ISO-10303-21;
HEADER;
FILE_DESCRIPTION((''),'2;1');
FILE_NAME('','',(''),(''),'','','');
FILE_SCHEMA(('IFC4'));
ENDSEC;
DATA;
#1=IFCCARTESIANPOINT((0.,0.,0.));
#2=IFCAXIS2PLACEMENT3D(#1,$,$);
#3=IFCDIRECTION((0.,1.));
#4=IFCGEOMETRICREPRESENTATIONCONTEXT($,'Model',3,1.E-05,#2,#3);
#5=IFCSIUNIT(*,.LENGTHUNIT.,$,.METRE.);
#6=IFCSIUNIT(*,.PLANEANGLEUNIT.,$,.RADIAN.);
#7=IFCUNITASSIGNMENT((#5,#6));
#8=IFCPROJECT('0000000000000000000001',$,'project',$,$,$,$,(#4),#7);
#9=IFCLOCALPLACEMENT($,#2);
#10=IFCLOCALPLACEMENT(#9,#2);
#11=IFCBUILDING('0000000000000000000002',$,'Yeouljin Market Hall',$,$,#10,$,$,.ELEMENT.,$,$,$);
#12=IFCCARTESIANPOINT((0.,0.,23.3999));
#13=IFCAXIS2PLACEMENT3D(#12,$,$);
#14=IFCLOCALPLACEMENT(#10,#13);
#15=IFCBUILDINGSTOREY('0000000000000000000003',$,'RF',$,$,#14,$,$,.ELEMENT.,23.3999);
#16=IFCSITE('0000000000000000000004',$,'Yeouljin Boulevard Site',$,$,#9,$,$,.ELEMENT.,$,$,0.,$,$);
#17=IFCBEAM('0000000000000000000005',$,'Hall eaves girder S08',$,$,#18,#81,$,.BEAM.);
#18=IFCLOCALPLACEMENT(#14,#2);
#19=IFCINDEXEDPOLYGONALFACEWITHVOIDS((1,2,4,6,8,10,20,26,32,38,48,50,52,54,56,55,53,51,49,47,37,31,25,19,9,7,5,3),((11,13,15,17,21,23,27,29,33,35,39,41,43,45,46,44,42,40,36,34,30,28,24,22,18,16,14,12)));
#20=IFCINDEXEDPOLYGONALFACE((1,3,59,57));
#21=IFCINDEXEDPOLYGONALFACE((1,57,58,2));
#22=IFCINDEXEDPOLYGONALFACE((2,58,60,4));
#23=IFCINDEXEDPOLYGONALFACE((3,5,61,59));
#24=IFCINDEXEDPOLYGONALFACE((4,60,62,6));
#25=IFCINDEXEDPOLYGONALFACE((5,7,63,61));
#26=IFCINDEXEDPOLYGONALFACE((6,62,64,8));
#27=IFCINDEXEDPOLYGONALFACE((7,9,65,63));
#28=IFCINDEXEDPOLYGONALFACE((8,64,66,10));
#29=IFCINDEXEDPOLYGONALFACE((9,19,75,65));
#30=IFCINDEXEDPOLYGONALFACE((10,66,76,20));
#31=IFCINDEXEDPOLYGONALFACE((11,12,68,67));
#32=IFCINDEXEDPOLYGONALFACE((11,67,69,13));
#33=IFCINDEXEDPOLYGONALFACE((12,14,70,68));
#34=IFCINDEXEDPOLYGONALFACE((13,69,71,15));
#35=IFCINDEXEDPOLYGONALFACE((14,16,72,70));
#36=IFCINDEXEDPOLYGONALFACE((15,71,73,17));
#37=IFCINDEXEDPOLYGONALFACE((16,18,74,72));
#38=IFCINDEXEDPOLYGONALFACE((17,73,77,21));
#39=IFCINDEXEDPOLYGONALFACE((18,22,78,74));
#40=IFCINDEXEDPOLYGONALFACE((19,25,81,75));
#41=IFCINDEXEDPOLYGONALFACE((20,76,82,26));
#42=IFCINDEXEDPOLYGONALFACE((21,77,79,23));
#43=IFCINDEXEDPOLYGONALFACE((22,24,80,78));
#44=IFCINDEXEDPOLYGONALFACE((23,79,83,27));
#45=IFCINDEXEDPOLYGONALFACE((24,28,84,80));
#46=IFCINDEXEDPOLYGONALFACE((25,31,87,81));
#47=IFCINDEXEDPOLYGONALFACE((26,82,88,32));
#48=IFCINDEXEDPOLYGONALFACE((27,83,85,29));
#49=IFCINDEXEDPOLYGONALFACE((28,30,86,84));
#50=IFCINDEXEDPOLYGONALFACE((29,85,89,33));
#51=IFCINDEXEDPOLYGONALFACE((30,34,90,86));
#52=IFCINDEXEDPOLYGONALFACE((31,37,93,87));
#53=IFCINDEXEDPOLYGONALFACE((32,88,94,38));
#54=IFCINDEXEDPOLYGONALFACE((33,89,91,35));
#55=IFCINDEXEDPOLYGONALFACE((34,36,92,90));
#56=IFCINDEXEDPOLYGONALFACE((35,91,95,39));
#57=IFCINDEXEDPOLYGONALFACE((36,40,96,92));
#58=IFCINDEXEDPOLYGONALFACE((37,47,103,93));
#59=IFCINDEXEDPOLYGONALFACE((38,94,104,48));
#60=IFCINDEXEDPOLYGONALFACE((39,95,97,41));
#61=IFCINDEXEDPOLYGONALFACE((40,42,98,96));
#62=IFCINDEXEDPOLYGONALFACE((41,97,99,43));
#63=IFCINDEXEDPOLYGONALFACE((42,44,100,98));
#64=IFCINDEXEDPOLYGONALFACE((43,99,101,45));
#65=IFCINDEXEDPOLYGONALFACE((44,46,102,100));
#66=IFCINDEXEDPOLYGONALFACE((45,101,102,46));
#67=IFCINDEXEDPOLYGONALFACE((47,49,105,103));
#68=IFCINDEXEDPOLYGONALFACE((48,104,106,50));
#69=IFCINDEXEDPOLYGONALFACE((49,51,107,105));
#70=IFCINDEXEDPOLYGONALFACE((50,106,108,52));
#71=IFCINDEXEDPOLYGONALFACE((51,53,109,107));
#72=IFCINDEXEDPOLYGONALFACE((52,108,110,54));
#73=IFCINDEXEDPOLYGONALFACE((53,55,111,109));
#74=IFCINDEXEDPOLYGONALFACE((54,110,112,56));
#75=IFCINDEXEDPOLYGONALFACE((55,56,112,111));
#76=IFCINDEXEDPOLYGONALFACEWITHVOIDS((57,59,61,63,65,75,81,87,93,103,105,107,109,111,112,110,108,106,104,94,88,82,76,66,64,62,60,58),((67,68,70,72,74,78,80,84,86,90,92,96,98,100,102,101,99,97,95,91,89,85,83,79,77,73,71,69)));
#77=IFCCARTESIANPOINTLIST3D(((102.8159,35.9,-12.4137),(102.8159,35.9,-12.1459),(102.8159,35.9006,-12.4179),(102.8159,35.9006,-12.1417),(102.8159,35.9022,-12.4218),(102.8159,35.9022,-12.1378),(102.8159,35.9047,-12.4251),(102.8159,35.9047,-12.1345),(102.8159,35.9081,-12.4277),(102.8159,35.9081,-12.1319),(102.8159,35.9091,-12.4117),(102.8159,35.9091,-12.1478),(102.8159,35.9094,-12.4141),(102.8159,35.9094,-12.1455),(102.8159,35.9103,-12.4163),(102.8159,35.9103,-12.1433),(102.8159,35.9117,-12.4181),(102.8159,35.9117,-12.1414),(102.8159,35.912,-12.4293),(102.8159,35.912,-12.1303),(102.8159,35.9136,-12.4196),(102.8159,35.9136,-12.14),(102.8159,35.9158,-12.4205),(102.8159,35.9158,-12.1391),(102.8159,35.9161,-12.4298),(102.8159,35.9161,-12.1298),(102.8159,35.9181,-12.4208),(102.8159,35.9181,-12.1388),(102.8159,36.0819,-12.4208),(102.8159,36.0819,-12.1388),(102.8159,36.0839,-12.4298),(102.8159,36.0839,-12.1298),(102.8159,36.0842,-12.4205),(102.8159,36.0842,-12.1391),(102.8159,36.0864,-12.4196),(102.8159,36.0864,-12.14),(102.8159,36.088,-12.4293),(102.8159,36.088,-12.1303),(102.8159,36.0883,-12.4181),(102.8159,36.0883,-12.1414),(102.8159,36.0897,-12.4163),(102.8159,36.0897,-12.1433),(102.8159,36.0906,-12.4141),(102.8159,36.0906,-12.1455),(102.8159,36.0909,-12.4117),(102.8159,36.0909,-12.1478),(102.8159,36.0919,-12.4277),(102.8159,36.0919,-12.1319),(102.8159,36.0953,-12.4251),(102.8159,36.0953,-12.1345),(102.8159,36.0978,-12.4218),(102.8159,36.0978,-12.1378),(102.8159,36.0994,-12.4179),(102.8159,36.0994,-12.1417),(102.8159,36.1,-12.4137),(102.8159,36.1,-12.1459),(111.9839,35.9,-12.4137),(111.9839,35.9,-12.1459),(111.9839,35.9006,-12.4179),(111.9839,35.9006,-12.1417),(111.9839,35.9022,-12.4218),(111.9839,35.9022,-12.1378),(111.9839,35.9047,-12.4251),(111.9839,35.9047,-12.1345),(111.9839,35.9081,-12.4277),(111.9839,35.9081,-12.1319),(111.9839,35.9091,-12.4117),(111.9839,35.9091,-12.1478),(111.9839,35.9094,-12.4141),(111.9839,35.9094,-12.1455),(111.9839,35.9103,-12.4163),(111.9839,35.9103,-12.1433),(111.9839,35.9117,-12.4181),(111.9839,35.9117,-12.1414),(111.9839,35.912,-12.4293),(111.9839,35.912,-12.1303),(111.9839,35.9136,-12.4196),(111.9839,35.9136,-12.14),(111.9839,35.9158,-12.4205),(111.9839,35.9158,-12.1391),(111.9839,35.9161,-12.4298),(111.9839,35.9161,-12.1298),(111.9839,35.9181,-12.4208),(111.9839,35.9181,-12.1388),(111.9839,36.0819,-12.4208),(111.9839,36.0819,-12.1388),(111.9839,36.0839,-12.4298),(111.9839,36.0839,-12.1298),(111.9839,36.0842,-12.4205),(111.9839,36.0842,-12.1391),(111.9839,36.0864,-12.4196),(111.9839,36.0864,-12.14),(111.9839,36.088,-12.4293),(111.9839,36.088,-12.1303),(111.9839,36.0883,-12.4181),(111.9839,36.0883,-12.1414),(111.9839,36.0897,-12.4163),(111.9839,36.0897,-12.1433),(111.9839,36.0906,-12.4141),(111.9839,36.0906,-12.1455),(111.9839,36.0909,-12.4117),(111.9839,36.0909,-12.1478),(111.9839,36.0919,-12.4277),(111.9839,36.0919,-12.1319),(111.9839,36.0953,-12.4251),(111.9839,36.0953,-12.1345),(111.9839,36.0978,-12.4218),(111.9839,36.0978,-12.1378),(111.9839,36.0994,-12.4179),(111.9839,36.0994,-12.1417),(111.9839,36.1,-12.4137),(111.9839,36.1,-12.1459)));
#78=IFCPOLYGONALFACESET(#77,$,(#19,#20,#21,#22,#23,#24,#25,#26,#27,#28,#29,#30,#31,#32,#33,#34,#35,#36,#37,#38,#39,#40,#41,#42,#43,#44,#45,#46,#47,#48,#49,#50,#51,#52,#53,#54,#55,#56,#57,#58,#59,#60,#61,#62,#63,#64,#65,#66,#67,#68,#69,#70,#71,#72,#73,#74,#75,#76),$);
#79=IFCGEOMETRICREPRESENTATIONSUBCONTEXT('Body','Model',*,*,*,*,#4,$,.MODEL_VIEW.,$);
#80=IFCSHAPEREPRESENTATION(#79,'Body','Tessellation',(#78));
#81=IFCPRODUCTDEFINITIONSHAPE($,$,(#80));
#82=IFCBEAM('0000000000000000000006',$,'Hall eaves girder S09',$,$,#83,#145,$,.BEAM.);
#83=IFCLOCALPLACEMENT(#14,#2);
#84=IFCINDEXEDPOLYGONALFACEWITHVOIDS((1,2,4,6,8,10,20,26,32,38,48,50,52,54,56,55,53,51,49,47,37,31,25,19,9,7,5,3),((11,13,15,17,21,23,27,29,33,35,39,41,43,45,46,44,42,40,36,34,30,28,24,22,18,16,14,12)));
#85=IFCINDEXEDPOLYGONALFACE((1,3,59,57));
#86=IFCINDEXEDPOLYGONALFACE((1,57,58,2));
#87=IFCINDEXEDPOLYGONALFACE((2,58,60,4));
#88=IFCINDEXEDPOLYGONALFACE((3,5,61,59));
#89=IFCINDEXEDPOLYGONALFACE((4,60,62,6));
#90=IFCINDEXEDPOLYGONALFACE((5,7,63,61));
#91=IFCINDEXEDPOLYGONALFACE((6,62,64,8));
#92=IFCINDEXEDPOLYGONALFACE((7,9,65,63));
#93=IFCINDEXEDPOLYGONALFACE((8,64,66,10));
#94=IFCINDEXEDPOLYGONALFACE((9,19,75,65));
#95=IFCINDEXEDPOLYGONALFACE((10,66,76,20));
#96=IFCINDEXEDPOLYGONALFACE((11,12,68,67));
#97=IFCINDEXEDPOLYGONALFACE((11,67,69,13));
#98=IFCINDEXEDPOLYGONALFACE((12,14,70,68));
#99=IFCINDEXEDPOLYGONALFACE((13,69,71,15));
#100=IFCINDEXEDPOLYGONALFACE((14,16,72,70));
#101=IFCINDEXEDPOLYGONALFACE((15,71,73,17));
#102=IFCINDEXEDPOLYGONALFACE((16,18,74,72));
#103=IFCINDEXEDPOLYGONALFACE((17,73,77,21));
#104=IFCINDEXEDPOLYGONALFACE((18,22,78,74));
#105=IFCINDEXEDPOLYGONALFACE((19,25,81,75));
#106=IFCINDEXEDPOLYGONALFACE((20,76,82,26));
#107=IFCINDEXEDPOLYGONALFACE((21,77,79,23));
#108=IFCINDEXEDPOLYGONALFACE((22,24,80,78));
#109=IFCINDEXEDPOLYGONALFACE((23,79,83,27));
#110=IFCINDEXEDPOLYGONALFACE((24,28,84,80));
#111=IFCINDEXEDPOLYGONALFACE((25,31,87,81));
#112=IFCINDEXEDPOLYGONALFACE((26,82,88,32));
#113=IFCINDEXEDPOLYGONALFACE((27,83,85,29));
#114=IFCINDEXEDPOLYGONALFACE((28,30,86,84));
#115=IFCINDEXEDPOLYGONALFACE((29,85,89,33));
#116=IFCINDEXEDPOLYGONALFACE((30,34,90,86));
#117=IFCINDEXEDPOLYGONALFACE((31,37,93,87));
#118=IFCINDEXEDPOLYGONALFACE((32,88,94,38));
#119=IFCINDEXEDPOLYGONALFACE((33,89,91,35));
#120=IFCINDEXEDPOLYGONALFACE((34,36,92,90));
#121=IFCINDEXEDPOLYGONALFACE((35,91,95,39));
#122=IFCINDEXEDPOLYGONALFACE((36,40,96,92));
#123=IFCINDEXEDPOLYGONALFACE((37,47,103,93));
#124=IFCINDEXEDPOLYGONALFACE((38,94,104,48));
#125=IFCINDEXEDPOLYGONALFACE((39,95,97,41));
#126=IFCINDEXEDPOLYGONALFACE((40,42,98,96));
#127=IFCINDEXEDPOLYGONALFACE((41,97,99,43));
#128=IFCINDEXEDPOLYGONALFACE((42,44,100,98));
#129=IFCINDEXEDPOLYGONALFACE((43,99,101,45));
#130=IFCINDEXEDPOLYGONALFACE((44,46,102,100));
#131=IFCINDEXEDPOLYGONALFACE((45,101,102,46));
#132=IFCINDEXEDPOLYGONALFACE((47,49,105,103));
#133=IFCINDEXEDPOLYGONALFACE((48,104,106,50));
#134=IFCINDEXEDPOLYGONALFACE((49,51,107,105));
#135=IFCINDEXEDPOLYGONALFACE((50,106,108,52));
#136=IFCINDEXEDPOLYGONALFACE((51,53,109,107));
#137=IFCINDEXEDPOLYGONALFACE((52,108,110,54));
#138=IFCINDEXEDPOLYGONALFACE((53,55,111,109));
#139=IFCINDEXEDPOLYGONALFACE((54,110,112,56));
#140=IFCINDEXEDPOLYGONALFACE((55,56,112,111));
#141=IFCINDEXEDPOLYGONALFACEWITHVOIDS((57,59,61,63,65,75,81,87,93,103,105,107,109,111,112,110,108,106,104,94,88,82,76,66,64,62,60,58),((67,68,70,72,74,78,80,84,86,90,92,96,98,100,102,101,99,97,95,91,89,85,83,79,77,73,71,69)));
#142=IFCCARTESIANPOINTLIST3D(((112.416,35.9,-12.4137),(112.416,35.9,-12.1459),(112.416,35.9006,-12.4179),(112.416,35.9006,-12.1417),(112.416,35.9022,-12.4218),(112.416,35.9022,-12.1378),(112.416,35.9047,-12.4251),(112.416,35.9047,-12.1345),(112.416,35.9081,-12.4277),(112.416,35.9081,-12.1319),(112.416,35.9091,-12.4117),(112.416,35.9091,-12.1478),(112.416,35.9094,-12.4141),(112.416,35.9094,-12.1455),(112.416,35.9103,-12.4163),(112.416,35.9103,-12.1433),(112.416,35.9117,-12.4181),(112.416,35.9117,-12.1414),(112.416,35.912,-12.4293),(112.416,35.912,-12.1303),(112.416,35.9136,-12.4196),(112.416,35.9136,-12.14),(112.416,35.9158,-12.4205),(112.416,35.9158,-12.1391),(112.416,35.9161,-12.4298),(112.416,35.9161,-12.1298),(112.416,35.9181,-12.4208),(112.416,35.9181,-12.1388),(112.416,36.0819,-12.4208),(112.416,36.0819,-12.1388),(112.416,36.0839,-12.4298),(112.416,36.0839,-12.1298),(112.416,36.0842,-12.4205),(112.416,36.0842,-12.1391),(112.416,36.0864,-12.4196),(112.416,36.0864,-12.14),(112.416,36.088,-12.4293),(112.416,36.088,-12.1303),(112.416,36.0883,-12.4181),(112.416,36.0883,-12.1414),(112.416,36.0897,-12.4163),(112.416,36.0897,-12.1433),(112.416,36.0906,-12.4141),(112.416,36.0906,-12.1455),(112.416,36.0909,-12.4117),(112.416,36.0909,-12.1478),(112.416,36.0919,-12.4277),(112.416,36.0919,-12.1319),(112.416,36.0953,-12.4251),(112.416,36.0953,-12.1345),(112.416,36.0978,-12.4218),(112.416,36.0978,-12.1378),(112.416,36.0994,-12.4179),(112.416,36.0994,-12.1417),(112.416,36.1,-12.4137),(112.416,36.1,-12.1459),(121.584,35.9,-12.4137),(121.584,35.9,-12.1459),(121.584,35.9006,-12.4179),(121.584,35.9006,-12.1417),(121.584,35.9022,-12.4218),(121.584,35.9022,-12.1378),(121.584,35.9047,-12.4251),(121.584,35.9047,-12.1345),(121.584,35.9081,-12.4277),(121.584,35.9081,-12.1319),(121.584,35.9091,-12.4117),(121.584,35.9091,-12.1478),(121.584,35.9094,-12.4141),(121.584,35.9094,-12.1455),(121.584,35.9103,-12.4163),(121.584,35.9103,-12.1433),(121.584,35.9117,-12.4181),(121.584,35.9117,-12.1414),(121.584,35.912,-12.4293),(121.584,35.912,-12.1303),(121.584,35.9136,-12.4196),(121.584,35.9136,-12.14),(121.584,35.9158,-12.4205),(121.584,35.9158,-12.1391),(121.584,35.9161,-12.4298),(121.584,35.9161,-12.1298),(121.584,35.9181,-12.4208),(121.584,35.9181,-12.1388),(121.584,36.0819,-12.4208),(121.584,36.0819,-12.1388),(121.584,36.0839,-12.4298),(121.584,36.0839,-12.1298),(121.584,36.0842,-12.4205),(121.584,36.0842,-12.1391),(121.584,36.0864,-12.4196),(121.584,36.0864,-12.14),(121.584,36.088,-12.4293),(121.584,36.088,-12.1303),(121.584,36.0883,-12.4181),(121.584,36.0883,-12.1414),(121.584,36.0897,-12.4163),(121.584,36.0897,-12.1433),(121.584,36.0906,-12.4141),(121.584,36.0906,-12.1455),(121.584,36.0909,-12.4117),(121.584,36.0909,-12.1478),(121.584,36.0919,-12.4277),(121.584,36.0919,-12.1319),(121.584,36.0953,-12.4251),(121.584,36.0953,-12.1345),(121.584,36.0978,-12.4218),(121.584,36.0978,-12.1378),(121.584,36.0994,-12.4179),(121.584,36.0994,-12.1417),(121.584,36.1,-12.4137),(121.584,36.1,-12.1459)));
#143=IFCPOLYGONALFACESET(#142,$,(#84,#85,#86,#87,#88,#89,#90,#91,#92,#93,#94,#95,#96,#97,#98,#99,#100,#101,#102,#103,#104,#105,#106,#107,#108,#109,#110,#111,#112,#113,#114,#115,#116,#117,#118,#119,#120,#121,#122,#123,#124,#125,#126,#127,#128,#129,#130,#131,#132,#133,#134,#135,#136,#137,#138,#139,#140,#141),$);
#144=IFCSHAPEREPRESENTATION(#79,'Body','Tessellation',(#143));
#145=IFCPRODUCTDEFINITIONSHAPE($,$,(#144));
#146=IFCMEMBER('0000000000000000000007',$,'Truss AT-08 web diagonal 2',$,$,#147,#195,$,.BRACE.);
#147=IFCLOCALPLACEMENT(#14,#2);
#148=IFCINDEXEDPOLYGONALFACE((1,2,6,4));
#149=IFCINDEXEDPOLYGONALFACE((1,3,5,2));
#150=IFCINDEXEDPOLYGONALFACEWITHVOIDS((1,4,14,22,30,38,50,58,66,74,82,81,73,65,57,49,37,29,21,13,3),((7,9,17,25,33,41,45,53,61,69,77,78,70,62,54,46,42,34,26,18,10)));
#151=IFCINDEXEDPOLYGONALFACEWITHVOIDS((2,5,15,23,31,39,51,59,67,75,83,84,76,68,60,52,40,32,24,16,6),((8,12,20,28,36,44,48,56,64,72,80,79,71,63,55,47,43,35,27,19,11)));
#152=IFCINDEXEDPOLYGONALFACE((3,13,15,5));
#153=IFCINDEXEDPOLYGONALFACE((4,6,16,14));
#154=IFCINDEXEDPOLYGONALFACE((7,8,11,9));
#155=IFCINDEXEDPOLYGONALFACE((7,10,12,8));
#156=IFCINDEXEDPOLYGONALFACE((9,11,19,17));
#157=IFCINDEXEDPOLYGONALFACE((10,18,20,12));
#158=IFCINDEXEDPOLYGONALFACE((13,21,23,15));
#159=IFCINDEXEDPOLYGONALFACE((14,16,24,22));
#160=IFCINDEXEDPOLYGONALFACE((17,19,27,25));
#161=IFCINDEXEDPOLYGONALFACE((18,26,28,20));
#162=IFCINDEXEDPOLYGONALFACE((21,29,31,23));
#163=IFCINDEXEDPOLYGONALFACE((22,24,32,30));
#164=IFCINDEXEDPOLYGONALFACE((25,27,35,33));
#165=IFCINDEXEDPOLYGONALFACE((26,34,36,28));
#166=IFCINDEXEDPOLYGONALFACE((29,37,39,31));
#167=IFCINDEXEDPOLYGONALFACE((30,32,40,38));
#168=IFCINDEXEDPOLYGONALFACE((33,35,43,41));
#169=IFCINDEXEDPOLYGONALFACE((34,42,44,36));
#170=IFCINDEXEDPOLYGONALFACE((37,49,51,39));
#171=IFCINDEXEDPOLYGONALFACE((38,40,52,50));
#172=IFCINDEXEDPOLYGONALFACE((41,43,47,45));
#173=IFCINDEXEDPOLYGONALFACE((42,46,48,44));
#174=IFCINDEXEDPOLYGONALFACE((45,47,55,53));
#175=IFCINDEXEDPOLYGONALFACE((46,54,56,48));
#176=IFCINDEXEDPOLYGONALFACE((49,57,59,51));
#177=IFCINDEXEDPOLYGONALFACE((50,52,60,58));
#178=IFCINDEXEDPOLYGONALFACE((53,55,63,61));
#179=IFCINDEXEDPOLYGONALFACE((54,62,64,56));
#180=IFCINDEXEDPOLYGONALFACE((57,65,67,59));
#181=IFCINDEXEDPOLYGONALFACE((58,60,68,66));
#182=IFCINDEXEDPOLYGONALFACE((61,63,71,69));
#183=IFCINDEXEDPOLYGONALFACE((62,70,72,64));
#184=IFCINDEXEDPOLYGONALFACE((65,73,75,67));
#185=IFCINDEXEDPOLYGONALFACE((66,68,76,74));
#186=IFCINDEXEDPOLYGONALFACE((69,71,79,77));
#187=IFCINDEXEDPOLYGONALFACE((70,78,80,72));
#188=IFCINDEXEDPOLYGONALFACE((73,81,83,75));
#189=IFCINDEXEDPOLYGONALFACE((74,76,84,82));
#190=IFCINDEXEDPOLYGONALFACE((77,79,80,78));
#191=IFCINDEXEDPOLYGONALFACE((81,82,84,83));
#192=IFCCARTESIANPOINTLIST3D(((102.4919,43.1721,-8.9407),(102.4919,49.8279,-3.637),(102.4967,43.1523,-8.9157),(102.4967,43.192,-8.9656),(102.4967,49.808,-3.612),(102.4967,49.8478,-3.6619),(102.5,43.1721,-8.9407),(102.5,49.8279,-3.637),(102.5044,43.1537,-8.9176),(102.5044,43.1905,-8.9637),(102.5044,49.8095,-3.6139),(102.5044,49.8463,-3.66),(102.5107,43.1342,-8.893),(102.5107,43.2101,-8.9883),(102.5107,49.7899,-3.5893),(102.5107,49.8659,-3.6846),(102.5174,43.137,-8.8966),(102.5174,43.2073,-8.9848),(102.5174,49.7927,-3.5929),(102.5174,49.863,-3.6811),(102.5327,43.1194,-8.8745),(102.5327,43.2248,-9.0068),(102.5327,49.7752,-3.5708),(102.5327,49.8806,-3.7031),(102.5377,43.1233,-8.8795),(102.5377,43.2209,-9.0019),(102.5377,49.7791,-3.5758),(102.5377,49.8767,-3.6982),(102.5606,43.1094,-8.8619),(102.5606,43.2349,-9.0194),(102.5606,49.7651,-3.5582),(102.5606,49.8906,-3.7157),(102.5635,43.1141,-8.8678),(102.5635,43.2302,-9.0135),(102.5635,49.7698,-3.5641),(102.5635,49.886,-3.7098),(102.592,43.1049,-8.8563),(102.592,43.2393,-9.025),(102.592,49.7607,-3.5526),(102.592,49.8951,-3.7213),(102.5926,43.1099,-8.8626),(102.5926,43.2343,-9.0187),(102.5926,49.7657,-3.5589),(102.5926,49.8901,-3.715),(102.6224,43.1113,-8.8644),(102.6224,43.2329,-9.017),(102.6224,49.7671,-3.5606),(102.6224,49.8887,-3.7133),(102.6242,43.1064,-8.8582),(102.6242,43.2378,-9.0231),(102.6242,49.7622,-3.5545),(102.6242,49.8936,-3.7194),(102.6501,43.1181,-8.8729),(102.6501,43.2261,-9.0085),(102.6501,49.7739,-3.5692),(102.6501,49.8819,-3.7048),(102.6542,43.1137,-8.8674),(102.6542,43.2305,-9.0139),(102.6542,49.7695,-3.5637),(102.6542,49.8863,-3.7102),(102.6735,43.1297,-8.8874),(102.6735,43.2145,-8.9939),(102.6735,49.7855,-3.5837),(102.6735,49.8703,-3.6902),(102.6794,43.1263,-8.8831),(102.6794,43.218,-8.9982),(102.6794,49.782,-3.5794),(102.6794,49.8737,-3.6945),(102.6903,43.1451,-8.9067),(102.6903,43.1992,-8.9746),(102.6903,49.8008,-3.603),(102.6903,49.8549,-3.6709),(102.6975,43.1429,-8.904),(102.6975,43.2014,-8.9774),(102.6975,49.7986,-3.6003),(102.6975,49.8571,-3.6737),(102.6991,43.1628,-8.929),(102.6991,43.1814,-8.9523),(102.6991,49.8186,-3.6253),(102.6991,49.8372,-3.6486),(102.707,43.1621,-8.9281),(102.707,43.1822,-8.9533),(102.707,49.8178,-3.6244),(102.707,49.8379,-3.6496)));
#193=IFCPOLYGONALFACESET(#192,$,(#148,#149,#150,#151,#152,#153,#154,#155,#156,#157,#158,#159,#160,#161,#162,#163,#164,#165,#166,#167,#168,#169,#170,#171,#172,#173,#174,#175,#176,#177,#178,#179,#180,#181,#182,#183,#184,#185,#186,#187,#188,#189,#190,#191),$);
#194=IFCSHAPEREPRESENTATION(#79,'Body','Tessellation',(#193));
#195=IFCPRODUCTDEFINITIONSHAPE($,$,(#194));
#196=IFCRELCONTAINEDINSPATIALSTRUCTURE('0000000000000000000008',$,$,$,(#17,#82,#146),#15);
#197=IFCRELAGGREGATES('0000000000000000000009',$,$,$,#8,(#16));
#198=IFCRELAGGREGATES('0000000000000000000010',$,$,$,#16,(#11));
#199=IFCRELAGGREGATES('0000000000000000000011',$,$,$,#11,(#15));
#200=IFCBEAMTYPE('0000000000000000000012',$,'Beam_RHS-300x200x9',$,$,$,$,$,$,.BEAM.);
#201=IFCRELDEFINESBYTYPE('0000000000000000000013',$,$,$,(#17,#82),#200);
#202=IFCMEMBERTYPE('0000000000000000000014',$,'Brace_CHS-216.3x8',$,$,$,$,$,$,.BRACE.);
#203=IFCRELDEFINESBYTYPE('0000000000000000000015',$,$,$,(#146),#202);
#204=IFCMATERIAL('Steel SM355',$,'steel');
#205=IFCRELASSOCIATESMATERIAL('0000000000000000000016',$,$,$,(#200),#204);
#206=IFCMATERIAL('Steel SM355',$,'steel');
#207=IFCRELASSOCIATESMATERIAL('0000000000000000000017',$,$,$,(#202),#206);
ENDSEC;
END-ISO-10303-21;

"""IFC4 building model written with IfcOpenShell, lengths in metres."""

from ifc_helpers import new_model, si_unit, direction, frame, origin, origin_2d, place, context, subcontext, project, spatial, hollow_rectangle, hollow_circle, extrude, material, material_profile, profile_set, type_object, element, save


model = new_model("IFC4")

# Units and contexts
model_context = context("Model", 3, precision=1e-05, world=origin(), true_north=direction((0.0, 1.0)))
body_context = subcontext(model_context, "Body", "Model", "MODEL_VIEW")
ifc_project = project(units=[si_unit("LENGTHUNIT", "METRE"), si_unit("PLANEANGLEUNIT", "RADIAN")], contexts=[model_context])

# Site, building, storey
site_placement = place(None, origin())
site = spatial("IfcSite", under=ifc_project, at=site_placement, Name="Yeouljin Boulevard Site", CompositionType="ELEMENT", RefElevation=0.0)
building_placement = place(site_placement, origin())
building = spatial("IfcBuilding", under=site, at=building_placement, Name="Yeouljin Market Hall", CompositionType="ELEMENT")
storey_placement = place(building_placement, frame((0.0, 0.0, 23.3999)))
storey = spatial("IfcBuildingStorey", under=building, at=storey_placement, Name="RF", CompositionType="ELEMENT", Elevation=23.3999)

# Beams
ifc_material_1 = material(Name="Steel SM355", Category="steel")
ifc_material_profile_1 = material_profile(ifc_material_1, hollow_rectangle(XDim=0.2, YDim=0.3, WallThickness=0.009, InnerFilletRadius=0.009, OuterFilletRadius=0.0161, at=origin_2d()), Name="RHS-300x200x9")
ifc_profile_set_1 = profile_set([ifc_material_profile_1], Name="Steel SM355")
beam_type_1 = type_object("IfcBeamType", Name="Beam_RHS-300x200x9", PredefinedType="BEAM", material=ifc_profile_set_1)
for number, where, z_axis, x_axis, name in (
    (1, (102.8159, 36.0, -12.2798), (1.0, 0.0, 0.0), (0.0, 1.0, 0.0), "Hall eaves girder S08"),
    (2, (112.416, 36.0, -12.2798), (1.0, 0.0, 0.0), (0.0, 1.0, 0.0), "Hall eaves girder S09"),
):
    element("IfcBeam", number, at=place(storey_placement, frame(where, z_axis=z_axis, x_axis=x_axis)), inside=storey, type_object=beam_type_1, Name=name, PredefinedType="BEAM", context=body_context, shape_type="SweptSolid", body=[
        extrude(hollow_rectangle(XDim=0.2, YDim=0.3, WallThickness=0.009, InnerFilletRadius=0.009, OuterFilletRadius=0.0161, at=origin_2d()), origin(), (0.0, 0.0, 1.0), 9.168),
    ])

# Member
ifc_material_2 = material(Name="Steel SM355", Category="steel")
ifc_material_profile_2 = material_profile(ifc_material_2, hollow_circle(Radius=0.1082, WallThickness=0.0081, at=origin_2d()), Name="CHS-216.3x8")
ifc_profile_set_2 = profile_set([ifc_material_profile_2], Name="Steel SM355")
member_type_1 = type_object("IfcMemberType", Name="Brace_CHS-216.3x8", PredefinedType="BRACE", material=ifc_profile_set_2)
for number, where, z_axis, x_axis, name in (
    (3, (102.6001, 43.1721, -8.9407), (0.0, 0.782065, 0.623197), (-1.0, 0.0, 0.0), "Truss AT-08 web diagonal 2"),
):
    element("IfcMember", number, at=place(storey_placement, frame(where, z_axis=z_axis, x_axis=x_axis)), inside=storey, type_object=member_type_1, Name=name, PredefinedType="BRACE", context=body_context, shape_type="SweptSolid", body=[
        extrude(hollow_circle(Radius=0.1082, WallThickness=0.0081, at=origin_2d()), origin(), (0.0, 0.0, 1.0), 8.5105),
    ])

save(model, "model.ifc")
